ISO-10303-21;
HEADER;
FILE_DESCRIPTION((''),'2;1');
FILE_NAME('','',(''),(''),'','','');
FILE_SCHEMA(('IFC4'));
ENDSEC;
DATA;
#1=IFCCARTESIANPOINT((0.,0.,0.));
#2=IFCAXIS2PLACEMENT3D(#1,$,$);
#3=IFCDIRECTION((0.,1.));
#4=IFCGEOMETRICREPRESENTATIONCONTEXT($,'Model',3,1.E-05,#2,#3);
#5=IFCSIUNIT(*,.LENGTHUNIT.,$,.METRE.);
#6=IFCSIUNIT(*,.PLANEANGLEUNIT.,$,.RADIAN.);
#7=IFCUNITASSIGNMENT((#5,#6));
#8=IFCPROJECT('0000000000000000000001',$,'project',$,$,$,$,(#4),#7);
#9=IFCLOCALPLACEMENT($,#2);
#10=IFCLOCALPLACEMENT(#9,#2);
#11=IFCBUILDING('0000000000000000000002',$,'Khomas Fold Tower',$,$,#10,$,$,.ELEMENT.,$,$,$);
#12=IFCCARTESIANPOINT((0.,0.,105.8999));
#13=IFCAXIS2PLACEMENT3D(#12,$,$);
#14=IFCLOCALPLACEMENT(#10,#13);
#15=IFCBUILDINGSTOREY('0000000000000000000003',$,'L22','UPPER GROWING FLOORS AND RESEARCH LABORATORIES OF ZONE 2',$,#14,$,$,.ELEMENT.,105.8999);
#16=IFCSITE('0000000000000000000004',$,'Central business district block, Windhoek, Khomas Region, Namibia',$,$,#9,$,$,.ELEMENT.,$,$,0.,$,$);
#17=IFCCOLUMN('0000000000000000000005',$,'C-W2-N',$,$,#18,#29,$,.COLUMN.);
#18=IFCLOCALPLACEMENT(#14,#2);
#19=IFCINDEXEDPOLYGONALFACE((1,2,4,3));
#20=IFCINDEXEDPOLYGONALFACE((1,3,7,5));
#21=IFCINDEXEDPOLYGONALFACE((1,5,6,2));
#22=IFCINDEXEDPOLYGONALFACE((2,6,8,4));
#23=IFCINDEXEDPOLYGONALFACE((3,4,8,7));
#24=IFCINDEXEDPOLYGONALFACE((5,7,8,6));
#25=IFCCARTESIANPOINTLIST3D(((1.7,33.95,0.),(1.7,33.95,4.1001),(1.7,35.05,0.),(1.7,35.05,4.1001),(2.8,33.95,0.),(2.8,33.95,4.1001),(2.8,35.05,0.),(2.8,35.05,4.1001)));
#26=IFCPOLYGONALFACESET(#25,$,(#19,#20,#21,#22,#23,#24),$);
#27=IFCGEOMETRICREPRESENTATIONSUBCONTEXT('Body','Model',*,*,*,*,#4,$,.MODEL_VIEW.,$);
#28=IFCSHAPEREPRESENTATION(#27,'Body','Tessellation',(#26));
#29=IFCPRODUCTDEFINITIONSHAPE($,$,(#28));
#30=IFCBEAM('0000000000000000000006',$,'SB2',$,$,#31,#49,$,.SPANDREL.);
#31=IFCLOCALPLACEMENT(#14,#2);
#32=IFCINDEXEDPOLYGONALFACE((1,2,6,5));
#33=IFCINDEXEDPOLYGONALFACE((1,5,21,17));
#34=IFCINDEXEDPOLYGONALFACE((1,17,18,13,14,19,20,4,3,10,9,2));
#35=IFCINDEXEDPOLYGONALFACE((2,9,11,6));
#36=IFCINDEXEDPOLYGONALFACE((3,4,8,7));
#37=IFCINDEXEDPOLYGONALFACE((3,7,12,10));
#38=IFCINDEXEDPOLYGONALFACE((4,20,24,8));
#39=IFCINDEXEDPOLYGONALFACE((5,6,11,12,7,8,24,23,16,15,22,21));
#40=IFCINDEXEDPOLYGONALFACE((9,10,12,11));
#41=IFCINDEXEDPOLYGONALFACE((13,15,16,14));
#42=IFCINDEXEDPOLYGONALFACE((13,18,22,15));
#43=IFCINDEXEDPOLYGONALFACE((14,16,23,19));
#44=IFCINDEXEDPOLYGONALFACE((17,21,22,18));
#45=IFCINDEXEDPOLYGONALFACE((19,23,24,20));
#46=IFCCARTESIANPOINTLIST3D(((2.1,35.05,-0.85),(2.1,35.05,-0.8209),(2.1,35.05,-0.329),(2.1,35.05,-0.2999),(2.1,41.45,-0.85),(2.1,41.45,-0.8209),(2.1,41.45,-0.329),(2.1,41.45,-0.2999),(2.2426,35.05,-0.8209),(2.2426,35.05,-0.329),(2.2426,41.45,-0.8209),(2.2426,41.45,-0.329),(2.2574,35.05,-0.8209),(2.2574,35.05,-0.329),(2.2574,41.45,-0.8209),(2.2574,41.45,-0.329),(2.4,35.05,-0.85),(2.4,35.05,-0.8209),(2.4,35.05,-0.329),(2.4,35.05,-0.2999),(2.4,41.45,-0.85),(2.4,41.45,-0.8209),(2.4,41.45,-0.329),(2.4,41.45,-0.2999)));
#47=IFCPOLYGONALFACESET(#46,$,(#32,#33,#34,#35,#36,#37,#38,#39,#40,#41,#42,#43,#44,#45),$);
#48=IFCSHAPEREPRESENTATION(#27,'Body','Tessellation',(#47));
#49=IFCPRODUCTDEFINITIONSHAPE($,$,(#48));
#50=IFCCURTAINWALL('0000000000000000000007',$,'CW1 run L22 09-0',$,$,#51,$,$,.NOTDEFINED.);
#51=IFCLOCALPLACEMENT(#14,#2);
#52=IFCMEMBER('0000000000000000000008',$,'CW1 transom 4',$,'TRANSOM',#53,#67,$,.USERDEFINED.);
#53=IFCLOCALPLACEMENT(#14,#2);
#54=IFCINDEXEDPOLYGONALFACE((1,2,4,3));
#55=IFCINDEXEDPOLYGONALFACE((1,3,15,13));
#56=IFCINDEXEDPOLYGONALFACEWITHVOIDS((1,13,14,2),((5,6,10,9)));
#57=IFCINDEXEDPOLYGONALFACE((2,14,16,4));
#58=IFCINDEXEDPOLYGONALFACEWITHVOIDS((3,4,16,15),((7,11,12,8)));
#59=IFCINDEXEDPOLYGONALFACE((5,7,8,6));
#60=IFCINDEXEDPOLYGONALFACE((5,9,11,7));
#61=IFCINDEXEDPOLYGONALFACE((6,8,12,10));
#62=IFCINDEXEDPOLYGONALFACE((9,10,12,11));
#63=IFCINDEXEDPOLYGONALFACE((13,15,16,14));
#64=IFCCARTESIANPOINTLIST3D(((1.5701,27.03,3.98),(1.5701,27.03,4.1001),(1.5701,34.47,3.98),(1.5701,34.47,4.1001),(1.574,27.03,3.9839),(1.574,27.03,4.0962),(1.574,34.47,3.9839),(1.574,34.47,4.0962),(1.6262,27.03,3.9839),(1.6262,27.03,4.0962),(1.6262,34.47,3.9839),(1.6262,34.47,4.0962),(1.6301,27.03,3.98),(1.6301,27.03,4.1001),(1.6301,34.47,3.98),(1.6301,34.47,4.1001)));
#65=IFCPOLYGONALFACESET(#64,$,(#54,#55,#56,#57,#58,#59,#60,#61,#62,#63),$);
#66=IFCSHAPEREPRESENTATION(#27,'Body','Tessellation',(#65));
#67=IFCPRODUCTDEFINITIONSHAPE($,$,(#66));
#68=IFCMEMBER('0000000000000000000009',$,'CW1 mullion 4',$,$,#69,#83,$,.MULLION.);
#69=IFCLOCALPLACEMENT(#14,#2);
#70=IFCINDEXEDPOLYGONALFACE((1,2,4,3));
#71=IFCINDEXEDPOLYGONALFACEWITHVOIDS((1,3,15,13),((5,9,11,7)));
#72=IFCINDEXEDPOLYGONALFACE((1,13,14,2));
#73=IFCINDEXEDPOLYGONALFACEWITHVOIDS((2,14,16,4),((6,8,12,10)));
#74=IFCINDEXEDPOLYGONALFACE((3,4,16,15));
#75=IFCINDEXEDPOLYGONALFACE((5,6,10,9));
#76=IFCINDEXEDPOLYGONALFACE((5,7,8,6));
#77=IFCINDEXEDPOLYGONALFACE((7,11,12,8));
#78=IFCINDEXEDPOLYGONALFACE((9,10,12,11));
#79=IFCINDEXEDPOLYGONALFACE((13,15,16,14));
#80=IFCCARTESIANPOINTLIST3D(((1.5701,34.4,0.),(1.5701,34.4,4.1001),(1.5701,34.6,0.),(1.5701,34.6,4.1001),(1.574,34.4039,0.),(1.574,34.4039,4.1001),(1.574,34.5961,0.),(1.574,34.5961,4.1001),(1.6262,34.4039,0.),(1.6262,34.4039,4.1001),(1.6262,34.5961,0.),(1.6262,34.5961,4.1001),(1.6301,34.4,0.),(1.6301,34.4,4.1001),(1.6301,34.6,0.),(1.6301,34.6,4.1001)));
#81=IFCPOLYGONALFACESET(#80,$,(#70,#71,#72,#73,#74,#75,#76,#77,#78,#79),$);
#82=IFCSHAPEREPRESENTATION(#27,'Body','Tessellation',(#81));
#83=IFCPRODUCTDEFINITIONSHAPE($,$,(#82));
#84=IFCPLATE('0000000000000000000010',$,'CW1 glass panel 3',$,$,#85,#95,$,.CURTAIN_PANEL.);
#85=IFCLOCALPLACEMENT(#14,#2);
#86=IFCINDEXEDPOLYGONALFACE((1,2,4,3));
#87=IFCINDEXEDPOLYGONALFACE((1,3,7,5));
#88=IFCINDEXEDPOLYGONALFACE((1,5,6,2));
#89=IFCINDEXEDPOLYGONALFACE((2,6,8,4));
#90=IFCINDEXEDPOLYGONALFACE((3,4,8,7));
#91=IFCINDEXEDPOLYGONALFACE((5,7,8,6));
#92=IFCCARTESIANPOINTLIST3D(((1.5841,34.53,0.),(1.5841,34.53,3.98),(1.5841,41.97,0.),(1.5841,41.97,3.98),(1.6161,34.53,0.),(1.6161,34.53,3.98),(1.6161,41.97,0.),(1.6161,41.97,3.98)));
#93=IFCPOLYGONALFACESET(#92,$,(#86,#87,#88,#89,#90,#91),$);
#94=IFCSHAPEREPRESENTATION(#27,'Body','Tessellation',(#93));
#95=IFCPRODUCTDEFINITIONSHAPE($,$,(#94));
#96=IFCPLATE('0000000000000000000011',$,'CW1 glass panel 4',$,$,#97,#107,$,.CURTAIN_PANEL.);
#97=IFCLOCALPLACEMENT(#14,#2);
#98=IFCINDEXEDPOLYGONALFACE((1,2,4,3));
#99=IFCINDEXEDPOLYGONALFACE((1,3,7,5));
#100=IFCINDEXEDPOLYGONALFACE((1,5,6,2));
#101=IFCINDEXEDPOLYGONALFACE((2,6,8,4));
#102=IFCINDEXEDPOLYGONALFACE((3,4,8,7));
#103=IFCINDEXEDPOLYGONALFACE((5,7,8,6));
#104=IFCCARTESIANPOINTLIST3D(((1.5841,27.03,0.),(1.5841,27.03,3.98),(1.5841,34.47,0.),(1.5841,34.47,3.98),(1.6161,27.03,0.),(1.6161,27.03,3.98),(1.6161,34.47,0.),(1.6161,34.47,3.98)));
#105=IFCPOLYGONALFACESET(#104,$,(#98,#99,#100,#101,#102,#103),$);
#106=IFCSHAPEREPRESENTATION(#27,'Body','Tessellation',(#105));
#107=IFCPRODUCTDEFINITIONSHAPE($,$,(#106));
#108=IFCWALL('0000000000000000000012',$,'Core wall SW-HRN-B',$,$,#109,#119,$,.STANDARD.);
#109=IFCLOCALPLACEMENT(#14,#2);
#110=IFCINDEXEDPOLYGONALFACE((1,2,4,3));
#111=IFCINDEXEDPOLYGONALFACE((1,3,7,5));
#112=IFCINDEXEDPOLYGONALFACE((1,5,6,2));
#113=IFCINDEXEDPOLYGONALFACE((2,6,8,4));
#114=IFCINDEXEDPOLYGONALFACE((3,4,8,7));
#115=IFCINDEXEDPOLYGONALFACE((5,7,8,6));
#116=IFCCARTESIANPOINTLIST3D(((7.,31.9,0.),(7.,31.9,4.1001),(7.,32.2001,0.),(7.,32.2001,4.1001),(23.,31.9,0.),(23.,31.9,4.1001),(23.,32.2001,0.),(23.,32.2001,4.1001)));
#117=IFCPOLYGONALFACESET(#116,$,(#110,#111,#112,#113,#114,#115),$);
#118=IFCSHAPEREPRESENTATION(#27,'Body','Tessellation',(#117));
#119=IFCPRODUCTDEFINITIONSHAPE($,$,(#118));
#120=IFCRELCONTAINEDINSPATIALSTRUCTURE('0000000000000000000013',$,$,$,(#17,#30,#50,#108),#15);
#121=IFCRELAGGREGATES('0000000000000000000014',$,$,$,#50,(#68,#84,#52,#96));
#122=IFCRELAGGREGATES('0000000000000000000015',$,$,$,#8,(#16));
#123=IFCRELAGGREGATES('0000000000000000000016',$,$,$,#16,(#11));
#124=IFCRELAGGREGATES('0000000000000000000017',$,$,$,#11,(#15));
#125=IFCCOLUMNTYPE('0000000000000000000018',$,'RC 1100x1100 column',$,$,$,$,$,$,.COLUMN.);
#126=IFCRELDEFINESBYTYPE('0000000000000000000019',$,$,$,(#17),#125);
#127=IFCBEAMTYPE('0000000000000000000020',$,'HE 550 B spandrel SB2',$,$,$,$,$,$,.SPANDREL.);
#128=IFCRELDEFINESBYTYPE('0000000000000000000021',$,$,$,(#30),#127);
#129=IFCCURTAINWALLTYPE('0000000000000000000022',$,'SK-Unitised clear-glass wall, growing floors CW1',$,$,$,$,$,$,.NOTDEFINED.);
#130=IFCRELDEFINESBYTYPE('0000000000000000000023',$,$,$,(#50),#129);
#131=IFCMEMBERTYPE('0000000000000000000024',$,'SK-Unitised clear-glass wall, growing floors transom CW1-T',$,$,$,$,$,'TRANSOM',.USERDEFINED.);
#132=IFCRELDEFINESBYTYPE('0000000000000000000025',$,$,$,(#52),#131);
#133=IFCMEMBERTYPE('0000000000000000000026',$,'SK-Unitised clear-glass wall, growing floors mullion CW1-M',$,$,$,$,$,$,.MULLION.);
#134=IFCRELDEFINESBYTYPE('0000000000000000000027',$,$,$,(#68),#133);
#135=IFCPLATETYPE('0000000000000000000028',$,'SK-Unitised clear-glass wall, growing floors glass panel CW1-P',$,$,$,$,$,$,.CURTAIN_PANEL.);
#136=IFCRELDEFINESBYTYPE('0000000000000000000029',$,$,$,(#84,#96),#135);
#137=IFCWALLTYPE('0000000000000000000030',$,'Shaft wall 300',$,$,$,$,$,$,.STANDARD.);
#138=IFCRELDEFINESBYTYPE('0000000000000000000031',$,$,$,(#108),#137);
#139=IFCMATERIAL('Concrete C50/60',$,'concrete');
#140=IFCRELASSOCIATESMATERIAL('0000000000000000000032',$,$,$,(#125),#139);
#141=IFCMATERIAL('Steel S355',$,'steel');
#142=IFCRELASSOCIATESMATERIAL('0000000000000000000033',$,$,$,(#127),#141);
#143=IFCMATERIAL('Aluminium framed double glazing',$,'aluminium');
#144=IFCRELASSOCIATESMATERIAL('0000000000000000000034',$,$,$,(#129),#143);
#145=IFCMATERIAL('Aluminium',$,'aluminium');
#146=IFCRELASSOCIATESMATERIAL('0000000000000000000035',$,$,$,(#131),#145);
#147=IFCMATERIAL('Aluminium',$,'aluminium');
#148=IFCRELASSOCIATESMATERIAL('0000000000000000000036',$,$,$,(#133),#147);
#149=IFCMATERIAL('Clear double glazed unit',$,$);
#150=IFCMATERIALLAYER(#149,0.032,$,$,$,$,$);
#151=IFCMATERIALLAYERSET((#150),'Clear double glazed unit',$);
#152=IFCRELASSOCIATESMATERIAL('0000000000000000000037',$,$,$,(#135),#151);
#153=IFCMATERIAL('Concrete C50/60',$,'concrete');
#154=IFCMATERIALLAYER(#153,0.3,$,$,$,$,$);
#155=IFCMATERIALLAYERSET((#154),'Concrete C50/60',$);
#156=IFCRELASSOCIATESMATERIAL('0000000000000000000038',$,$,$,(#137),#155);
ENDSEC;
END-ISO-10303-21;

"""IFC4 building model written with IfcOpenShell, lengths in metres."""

from ifc_helpers import new_model, si_unit, direction, frame, frame_2d, origin, origin_2d, place, context, subcontext, project, spatial, rectangle, hollow_rectangle, i_section, extrude, source, transform, mapped, material, layer, layer_set, material_profile, profile_set, type_object, element, aggregate, save


model = new_model("IFC4")

# Units and contexts
model_context = context("Model", 3, precision=1e-05, world=origin(), true_north=direction((0.0, 1.0)))
body_context = subcontext(model_context, "Body", "Model", "MODEL_VIEW")
ifc_project = project(units=[si_unit("LENGTHUNIT", "METRE"), si_unit("PLANEANGLEUNIT", "RADIAN")], contexts=[model_context])

# Site, building, storey
site_placement = place(None, origin())
site = spatial("IfcSite", under=ifc_project, at=site_placement, Name="Central business district block, Windhoek, Khomas Region, Namibia", CompositionType="ELEMENT", RefElevation=0.0)
building_placement = place(site_placement, origin())
building = spatial("IfcBuilding", under=site, at=building_placement, Name="Khomas Fold Tower", CompositionType="ELEMENT")
storey_placement = place(building_placement, frame((0.0, 0.0, 105.8999)))
storey = spatial("IfcBuildingStorey", under=building, at=storey_placement, Name="L22", Description="UPPER GROWING FLOORS AND RESEARCH LABORATORIES OF ZONE 2", CompositionType="ELEMENT", Elevation=105.8999)

# Column
ifc_material_1 = material(Name="Concrete C50/60", Category="concrete")
ifc_material_profile_1 = material_profile(ifc_material_1, rectangle(XDim=1.1001, YDim=1.1001, at=origin_2d()), Name="RC 1100x1100")
ifc_profile_set_1 = profile_set([ifc_material_profile_1], Name="Concrete C50/60")
column_type = type_object("IfcColumnType", Name="RC 1100x1100 column", PredefinedType="COLUMN", material=ifc_profile_set_1)
shared_shape_1 = source(origin(), body_context, "Body", "SweptSolid", [
    extrude(rectangle(XDim=1.1001, YDim=1.1001, at=origin_2d()), origin(), (0.0, 0.0, 1.0), 4.1001),
])
column_placement = place(storey_placement, frame((2.25, 34.5, 0.0), z_axis=(0.0, 0.0, 1.0), x_axis=(1.0, 0.0, 0.0)))
element("IfcColumn", 1, at=column_placement, inside=storey, type_object=column_type, Name="C-W2-N", PredefinedType="COLUMN", context=body_context, shape_type="MappedRepresentation", body=[
    mapped(shared_shape_1, transform((0.0, 0.0, 0.0))),
])

# Beam
ifc_material_2 = material(Name="Steel S355", Category="steel")
ifc_material_profile_2 = material_profile(ifc_material_2, i_section(OverallWidth=0.3, OverallDepth=0.55, WebThickness=0.0149, FlangeThickness=0.0291, at=origin_2d()), Name="HE 550 B")
ifc_profile_set_2 = profile_set([ifc_material_profile_2], Name="Steel S355")
beam_type = type_object("IfcBeamType", Name="HE 550 B spandrel SB2", PredefinedType="SPANDREL", material=ifc_profile_set_2)
shared_shape_2 = source(origin(), body_context, "Body", "SweptSolid", [
    extrude(i_section(OverallWidth=0.3, OverallDepth=0.55, WebThickness=0.0149, FlangeThickness=0.0291, at=origin_2d()), origin(), (0.0, 0.0, 1.0), 6.3999),
])
beam_placement = place(storey_placement, frame((2.25, 35.05, -0.575), z_axis=(0.0, 1.0, 0.0), x_axis=(-1.0, 0.0, 0.0)))
element("IfcBeam", 2, at=beam_placement, inside=storey, type_object=beam_type, Name="SB2", PredefinedType="SPANDREL", context=body_context, shape_type="MappedRepresentation", body=[
    mapped(shared_shape_2, transform((0.0, 0.0, 0.0))),
])

# Curtain wall, members, plates
ifc_material_3 = material(Name="Aluminium framed double glazing", Category="aluminium")
curtain_wall_type = type_object("IfcCurtainWallType", Name="SK-Unitised clear-glass wall, growing floors CW1", PredefinedType="NOTDEFINED", material=ifc_material_3)
curtain_wall_placement = place(storey_placement, origin())
curtain_wall = element("IfcCurtainWall", 3, at=curtain_wall_placement, inside=storey, type_object=curtain_wall_type, Name="CW1 run L22 09-0", PredefinedType="NOTDEFINED")
ifc_material_4 = material(Name="Aluminium", Category="aluminium")
ifc_material_profile_3 = material_profile(ifc_material_4, hollow_rectangle(XDim=0.0601, YDim=0.1201, WallThickness=0.0039, at=origin_2d()), Name="SK-Unitised clear-glass wall, growing floors transom CW1-T")
ifc_profile_set_3 = profile_set([ifc_material_profile_3], Name="Aluminium")
member_type_1 = type_object("IfcMemberType", Name="SK-Unitised clear-glass wall, growing floors transom CW1-T", ElementType="TRANSOM", PredefinedType="USERDEFINED", material=ifc_profile_set_3)
shared_shape_3 = source(origin(), body_context, "Body", "SweptSolid", [
    extrude(hollow_rectangle(XDim=0.0601, YDim=0.1201, WallThickness=0.0039, at=origin_2d()), origin(), (0.0, 0.0, 1.0), 7.4399),
])
member_1_placement = place(storey_placement, frame((1.6001, 34.47, 4.04), z_axis=(0.0, -1.0, 0.0), x_axis=(1.0, 0.0, 0.0)))
member_1 = element("IfcMember", 4, at=member_1_placement, type_object=member_type_1, Name="CW1 transom 4", ObjectType="TRANSOM", PredefinedType="USERDEFINED", context=body_context, shape_type="MappedRepresentation", body=[
    mapped(shared_shape_3, transform((0.0, 0.0, 0.0))),
])
ifc_material_5 = material(Name="Aluminium", Category="aluminium")
ifc_material_profile_4 = material_profile(ifc_material_5, hollow_rectangle(XDim=0.0601, YDim=0.2, WallThickness=0.0039, at=origin_2d()), Name="SK-Unitised clear-glass wall, growing floors mullion CW1-M")
ifc_profile_set_4 = profile_set([ifc_material_profile_4], Name="Aluminium")
member_type_2 = type_object("IfcMemberType", Name="SK-Unitised clear-glass wall, growing floors mullion CW1-M", PredefinedType="MULLION", material=ifc_profile_set_4)
shared_shape_4 = source(origin(), body_context, "Body", "SweptSolid", [
    extrude(hollow_rectangle(XDim=0.0601, YDim=0.2, WallThickness=0.0039, at=origin_2d()), origin(), (0.0, 0.0, 1.0), 4.1001),
])
member_2_placement = place(storey_placement, frame((1.6001, 34.5, 0.0), z_axis=(0.0, 0.0, 1.0), x_axis=(1.0, 0.0, 0.0)))
member_2 = element("IfcMember", 5, at=member_2_placement, type_object=member_type_2, Name="CW1 mullion 4", PredefinedType="MULLION", context=body_context, shape_type="MappedRepresentation", body=[
    mapped(shared_shape_4, transform((0.0, 0.0, 0.0))),
])
ifc_material_6 = material(Name="Clear double glazed unit")
ifc_layer_1 = layer(ifc_material_6, 0.032)
ifc_layer_set_1 = layer_set([ifc_layer_1], Name="Clear double glazed unit")
plate_type = type_object("IfcPlateType", Name="SK-Unitised clear-glass wall, growing floors glass panel CW1-P", PredefinedType="CURTAIN_PANEL", material=ifc_layer_set_1)
shared_shape_5 = source(origin(), body_context, "Body", "SweptSolid", [
    extrude(rectangle(XDim=7.4399, YDim=0.032, at=origin_2d()), origin(), (0.0, 0.0, 1.0), 3.98),
])
plate_1_placement = place(storey_placement, frame((1.6001, 38.25, 0.0), z_axis=(0.0, 0.0, 1.0), x_axis=(0.0, -1.0, 0.0)))
plate_1 = element("IfcPlate", 6, at=plate_1_placement, type_object=plate_type, Name="CW1 glass panel 3", PredefinedType="CURTAIN_PANEL", context=body_context, shape_type="MappedRepresentation", body=[
    mapped(shared_shape_5, transform((0.0, 0.0, 0.0))),
])
plate_2_placement = place(storey_placement, frame((1.6001, 30.75, 0.0), z_axis=(0.0, 0.0, 1.0), x_axis=(0.0, -1.0, 0.0)))
plate_2 = element("IfcPlate", 7, at=plate_2_placement, type_object=plate_type, Name="CW1 glass panel 4", PredefinedType="CURTAIN_PANEL", context=body_context, shape_type="MappedRepresentation", body=[
    mapped(shared_shape_5, transform((0.0, 0.0, 0.0))),
])
aggregate(curtain_wall, [member_2, plate_1, member_1, plate_2])

# Wall
ifc_material_7 = material(Name="Concrete C50/60", Category="concrete")
ifc_layer_2 = layer(ifc_material_7, 0.3)
ifc_layer_set_2 = layer_set([ifc_layer_2], Name="Concrete C50/60")
wall_type_1 = type_object("IfcWallType", Name="Shaft wall 300", PredefinedType="STANDARD", material=ifc_layer_set_2)
shared_shape_6 = source(origin(), body_context, "Body", "SweptSolid", [
    extrude(rectangle(XDim=16.0, YDim=0.3, at=frame_2d((8.0, 0.0))), origin(), (0.0, 0.0, 1.0), 4.1001),
])
wall_1_placement = place(storey_placement, frame((7.0, 32.05, 0.0), z_axis=(0.0, 0.0, 1.0), x_axis=(1.0, 0.0, 0.0)))
element("IfcWall", 8, at=wall_1_placement, inside=storey, type_object=wall_type_1, Name="Core wall SW-HRN-B", PredefinedType="STANDARD", context=body_context, shape_type="MappedRepresentation", body=[
    mapped(shared_shape_6, transform((0.0, 0.0, 0.0))),
])

save(model, "model.ifc")
